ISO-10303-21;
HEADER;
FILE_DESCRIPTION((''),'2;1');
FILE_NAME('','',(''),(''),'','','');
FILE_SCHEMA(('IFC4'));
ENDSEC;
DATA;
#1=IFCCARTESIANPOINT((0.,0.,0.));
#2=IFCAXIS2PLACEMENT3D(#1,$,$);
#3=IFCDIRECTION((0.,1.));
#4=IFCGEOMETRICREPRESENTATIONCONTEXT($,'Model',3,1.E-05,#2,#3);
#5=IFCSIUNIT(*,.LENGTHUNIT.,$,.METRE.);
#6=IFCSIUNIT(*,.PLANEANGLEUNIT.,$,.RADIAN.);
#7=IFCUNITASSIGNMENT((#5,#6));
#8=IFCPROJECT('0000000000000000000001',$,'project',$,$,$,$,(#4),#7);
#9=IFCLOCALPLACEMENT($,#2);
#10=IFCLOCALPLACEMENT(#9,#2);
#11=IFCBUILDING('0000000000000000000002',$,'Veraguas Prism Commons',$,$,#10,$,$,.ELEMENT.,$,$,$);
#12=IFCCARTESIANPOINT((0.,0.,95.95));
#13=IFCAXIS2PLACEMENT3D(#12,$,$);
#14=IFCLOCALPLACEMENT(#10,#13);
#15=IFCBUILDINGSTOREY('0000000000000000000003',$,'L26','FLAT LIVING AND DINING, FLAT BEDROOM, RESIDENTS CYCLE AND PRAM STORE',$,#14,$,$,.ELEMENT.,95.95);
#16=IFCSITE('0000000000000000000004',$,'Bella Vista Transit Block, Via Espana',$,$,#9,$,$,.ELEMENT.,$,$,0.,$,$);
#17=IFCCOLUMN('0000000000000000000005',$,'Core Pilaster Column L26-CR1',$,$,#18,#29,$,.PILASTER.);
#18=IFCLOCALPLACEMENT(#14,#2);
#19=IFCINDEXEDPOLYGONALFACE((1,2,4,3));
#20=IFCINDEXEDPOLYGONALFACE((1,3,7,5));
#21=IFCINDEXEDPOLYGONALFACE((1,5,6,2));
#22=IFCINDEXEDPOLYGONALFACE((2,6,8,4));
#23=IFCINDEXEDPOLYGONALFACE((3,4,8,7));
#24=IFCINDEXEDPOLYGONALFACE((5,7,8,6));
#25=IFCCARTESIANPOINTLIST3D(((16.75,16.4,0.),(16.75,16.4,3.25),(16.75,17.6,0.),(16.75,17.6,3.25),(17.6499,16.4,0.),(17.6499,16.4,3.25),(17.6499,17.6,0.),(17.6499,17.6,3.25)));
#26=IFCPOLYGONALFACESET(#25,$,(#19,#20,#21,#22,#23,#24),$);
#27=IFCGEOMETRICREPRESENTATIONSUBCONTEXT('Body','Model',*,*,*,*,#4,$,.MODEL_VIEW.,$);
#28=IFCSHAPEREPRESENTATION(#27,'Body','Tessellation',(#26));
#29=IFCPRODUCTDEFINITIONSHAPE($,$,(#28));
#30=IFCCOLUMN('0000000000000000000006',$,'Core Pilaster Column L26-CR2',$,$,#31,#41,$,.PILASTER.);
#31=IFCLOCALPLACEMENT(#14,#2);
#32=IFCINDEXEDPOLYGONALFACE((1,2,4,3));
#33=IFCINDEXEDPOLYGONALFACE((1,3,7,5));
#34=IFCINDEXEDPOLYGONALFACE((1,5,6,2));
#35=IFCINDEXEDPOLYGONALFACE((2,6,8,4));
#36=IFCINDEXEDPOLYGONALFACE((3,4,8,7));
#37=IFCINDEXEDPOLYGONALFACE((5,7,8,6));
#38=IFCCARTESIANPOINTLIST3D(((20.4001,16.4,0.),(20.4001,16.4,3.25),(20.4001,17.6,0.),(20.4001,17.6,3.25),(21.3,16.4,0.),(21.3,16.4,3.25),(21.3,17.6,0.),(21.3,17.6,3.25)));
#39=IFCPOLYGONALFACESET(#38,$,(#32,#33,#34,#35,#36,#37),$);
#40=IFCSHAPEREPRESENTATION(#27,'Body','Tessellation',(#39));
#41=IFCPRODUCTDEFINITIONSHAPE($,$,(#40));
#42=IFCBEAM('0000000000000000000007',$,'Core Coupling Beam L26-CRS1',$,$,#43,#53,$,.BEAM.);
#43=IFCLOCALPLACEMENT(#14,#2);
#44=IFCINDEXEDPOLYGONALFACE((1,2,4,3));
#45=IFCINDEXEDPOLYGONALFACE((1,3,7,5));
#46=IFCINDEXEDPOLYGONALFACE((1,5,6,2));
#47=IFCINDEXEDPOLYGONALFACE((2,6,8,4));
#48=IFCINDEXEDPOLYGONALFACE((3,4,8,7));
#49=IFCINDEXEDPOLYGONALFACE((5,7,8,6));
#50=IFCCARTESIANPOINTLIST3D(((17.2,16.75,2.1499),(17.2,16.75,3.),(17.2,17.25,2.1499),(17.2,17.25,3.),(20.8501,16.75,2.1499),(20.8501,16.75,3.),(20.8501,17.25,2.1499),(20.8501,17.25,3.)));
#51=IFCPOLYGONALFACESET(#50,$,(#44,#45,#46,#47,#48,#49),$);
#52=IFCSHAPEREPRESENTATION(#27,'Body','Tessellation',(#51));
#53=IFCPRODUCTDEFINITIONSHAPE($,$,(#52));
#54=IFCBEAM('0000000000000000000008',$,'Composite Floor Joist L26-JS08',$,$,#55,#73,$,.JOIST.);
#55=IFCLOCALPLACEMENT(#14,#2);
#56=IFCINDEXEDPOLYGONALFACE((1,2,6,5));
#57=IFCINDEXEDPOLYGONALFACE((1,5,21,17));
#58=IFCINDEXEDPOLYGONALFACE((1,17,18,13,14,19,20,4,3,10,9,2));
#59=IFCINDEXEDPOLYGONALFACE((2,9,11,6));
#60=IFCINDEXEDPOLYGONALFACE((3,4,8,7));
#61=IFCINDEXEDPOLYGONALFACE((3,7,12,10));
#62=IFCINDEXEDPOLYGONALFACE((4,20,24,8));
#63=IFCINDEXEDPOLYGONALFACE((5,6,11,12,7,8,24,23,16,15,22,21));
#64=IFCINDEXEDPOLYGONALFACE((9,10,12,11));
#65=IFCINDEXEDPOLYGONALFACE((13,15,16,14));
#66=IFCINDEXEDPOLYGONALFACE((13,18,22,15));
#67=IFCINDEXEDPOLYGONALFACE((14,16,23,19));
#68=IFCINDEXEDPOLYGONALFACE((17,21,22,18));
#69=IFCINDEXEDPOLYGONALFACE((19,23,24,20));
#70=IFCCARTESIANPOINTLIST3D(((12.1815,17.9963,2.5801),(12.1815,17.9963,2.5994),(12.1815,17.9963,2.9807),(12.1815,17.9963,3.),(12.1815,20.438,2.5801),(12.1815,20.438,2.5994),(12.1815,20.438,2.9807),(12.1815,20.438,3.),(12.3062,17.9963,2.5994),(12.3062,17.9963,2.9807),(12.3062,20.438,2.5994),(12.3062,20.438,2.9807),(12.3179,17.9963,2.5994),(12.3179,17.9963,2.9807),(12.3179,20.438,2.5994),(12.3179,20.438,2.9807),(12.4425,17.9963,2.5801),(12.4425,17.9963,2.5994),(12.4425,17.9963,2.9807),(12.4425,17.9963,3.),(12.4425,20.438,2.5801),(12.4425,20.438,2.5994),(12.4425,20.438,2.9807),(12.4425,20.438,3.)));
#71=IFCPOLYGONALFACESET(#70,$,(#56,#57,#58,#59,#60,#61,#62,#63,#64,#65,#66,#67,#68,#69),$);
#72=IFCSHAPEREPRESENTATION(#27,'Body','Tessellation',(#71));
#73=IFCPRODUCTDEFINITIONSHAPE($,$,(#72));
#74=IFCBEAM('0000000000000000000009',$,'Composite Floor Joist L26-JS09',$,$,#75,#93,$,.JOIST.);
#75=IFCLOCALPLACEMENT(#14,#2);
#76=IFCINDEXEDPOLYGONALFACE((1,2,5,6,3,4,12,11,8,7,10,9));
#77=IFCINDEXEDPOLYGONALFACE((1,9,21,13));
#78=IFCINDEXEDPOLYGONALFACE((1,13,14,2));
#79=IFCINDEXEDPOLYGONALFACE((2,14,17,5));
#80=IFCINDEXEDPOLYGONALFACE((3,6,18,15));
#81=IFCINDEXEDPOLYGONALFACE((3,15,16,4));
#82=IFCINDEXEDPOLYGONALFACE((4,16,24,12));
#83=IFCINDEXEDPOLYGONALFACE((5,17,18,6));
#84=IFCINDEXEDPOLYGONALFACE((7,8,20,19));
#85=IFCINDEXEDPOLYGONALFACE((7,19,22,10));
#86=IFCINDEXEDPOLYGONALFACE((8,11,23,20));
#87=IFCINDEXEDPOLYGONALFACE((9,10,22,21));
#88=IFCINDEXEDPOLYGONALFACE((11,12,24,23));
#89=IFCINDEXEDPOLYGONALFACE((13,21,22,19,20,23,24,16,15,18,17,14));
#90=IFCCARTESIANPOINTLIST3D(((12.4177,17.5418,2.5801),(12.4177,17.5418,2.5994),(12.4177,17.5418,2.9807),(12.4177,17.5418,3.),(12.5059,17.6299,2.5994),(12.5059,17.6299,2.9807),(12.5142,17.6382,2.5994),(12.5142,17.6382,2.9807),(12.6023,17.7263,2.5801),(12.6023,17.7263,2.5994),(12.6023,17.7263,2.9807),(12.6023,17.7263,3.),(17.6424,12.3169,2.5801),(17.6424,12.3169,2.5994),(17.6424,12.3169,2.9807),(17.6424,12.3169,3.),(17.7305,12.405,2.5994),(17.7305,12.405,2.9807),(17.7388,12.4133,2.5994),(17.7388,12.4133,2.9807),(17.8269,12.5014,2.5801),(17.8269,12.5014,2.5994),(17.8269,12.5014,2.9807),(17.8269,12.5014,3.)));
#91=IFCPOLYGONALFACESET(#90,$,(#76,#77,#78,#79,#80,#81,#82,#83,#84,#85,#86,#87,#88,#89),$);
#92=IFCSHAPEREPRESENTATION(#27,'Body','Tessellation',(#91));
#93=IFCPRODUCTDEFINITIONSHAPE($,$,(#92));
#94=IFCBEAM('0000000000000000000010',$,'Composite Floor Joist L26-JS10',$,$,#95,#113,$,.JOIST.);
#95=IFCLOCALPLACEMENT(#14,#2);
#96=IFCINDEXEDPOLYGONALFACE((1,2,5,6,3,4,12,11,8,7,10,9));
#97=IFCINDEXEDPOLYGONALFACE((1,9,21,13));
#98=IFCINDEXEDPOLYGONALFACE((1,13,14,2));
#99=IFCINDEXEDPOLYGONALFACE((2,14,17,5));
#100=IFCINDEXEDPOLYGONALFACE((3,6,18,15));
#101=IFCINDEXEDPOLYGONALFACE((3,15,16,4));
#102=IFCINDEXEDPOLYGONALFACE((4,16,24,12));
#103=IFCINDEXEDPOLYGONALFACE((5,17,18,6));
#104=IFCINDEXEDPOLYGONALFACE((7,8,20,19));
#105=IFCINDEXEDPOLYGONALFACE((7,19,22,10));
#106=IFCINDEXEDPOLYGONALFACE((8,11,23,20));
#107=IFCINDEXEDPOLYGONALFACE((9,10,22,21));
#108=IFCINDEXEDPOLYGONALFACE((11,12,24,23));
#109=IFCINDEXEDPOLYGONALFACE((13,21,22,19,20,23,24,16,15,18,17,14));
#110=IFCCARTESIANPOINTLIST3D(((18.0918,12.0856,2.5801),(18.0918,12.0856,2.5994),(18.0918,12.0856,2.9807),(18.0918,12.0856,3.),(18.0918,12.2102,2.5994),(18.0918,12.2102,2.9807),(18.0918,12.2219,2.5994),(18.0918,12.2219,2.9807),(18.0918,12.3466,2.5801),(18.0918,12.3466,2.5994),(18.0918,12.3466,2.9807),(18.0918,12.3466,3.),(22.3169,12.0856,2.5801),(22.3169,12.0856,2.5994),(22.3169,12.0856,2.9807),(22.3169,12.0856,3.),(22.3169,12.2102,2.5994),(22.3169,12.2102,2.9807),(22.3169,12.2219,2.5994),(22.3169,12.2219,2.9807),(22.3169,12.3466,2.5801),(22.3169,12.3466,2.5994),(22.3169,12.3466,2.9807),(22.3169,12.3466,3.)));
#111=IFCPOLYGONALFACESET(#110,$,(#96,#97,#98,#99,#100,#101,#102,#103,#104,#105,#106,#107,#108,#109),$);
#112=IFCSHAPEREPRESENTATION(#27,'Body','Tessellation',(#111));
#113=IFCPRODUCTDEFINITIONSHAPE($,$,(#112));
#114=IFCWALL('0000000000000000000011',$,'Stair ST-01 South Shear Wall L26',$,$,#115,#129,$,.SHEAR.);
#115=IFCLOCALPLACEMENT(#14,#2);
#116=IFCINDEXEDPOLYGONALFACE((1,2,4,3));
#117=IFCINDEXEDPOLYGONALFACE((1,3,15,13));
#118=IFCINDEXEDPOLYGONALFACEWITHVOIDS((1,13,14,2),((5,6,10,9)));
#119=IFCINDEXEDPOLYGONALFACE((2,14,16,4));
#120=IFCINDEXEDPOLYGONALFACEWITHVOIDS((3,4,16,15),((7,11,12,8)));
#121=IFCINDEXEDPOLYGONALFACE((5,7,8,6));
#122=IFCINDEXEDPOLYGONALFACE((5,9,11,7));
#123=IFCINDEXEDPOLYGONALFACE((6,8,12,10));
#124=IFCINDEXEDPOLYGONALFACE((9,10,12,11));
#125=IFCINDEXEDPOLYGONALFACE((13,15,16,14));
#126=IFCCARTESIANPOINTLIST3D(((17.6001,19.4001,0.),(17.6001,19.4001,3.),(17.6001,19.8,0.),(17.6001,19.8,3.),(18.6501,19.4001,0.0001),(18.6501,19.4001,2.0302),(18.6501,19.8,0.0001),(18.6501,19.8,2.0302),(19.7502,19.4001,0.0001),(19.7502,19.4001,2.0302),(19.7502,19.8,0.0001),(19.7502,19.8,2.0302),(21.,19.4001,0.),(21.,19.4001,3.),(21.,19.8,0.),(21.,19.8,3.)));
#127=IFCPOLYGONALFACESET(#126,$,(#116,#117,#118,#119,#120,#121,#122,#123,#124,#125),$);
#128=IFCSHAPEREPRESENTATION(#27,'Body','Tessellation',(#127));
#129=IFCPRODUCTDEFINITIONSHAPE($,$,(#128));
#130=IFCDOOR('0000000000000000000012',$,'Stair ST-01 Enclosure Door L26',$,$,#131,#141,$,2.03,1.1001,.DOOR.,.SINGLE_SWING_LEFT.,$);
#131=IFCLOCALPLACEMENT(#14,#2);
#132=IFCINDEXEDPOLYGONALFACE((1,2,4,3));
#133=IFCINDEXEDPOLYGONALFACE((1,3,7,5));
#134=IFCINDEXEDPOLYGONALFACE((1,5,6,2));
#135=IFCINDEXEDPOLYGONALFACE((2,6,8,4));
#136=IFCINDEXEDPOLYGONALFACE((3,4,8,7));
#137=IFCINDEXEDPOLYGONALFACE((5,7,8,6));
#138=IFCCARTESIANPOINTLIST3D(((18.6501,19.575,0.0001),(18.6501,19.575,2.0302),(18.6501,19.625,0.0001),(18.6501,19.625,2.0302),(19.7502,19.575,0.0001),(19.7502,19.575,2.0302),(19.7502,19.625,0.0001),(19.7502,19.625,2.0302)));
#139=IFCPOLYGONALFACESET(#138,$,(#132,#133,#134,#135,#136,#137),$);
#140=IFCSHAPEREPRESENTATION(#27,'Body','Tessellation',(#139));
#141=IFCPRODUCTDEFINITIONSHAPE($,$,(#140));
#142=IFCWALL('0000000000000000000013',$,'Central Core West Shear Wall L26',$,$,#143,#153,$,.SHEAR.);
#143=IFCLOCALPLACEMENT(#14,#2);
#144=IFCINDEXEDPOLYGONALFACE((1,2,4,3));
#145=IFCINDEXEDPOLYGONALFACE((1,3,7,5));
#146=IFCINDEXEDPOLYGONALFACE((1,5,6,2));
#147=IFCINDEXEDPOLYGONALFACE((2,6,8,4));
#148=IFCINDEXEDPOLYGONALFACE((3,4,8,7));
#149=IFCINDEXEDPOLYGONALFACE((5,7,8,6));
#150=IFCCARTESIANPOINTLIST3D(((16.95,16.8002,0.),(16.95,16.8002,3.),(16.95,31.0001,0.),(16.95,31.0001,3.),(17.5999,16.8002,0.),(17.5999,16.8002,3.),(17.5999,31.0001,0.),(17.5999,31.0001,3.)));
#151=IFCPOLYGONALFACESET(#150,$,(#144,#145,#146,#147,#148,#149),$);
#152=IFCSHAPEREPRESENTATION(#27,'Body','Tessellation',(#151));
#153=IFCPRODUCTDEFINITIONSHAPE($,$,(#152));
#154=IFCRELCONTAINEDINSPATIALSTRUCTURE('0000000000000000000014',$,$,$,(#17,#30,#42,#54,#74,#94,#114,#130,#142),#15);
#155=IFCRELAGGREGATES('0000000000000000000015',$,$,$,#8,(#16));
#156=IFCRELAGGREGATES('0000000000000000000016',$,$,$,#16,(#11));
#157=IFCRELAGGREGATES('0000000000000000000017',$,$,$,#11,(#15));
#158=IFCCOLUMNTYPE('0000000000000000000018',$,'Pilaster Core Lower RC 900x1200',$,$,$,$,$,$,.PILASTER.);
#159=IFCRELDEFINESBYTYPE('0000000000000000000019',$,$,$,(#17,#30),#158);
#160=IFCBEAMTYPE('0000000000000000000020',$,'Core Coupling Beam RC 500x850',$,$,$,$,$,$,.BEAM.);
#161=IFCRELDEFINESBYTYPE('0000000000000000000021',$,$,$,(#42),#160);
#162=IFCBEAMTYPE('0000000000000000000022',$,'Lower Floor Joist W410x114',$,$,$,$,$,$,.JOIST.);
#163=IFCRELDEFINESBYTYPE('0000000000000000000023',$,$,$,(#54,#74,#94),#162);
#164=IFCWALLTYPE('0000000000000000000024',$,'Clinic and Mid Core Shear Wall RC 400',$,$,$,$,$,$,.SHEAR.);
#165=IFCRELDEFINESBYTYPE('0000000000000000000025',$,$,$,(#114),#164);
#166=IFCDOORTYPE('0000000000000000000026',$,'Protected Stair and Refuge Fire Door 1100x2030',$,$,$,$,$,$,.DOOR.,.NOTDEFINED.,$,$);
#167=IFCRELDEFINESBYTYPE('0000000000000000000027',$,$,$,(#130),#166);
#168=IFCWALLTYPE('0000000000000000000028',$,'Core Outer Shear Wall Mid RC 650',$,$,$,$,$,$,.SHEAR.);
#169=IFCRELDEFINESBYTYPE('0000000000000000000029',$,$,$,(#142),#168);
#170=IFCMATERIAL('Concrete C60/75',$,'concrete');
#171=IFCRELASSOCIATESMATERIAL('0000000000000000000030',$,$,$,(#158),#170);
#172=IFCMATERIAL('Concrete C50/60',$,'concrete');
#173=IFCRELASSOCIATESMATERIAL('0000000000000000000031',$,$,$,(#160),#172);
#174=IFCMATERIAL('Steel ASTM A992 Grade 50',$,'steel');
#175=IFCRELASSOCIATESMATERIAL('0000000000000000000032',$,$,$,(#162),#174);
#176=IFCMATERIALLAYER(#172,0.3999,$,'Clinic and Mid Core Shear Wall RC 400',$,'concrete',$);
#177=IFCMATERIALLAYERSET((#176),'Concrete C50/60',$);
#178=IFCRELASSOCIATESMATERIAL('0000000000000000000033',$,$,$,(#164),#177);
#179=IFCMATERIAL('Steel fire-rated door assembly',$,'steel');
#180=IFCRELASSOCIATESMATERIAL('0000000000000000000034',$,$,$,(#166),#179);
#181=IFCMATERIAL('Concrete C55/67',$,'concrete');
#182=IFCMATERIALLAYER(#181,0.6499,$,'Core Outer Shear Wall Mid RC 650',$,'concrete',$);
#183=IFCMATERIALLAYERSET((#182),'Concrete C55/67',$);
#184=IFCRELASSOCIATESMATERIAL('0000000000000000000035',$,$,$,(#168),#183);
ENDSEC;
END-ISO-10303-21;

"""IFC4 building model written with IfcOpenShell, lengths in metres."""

from ifc_helpers import new_model, si_unit, direction, frame, frame_2d, origin, origin_2d, place, context, subcontext, project, spatial, rectangle, i_section, extrude, source, transform, mapped, material, layer, layer_set, material_profile, profile_set, type_object, element, fill, save


model = new_model("IFC4")

# Units and contexts
model_context = context("Model", 3, precision=1e-05, world=origin(), true_north=direction((0.0, 1.0)))
body_context = subcontext(model_context, "Body", "Model", "MODEL_VIEW")
ifc_project = project(units=[si_unit("LENGTHUNIT", "METRE"), si_unit("PLANEANGLEUNIT", "RADIAN")], contexts=[model_context])

# Site, building, storey
site_placement = place(None, origin())
site = spatial("IfcSite", under=ifc_project, at=site_placement, Name="Bella Vista Transit Block, Via Espana", CompositionType="ELEMENT", RefElevation=0.0)
building_placement = place(site_placement, origin())
building = spatial("IfcBuilding", under=site, at=building_placement, Name="Veraguas Prism Commons", CompositionType="ELEMENT")
storey_placement = place(building_placement, frame((0.0, 0.0, 95.95)))
storey = spatial("IfcBuildingStorey", under=building, at=storey_placement, Name="L26", Description="FLAT LIVING AND DINING, FLAT BEDROOM, RESIDENTS CYCLE AND PRAM STORE", CompositionType="ELEMENT", Elevation=95.95)

# Columns
ifc_material_1 = material(Name="Concrete C60/75", Category="concrete")
ifc_material_profile_1 = material_profile(ifc_material_1, rectangle(XDim=0.8999, YDim=1.2, at=origin_2d()), Name="RC900X1200")
ifc_profile_set_1 = profile_set([ifc_material_profile_1], Name="Concrete C60/75")
column_type = type_object("IfcColumnType", Name="Pilaster Core Lower RC 900x1200", PredefinedType="PILASTER", material=ifc_profile_set_1)
for number, where, z_axis, x_axis, name in (
    (1, (17.2, 17.0, 0.0), (0.0, 0.0, 1.0), (1.0, 0.0, 0.0), "Core Pilaster Column L26-CR1"),
    (2, (20.8501, 17.0, 0.0), (0.0, 0.0, 1.0), (1.0, 0.0, 0.0), "Core Pilaster Column L26-CR2"),
):
    element("IfcColumn", number, at=place(storey_placement, frame(where, z_axis=z_axis, x_axis=x_axis)), inside=storey, type_object=column_type, Name=name, PredefinedType="PILASTER", context=body_context, shape_type="SweptSolid", body=[
        extrude(rectangle(XDim=0.8999, YDim=1.2, at=origin_2d()), origin(), (0.0, 0.0, 1.0), 3.25),
    ])

# Beams
ifc_material_2 = material(Name="Concrete C50/60", Category="concrete")
ifc_material_profile_2 = material_profile(ifc_material_2, rectangle(XDim=0.5, YDim=0.8501, at=origin_2d()), Name="RC500X850")
ifc_profile_set_2 = profile_set([ifc_material_profile_2], Name="Concrete C50/60")
beam_type_1 = type_object("IfcBeamType", Name="Core Coupling Beam RC 500x850", PredefinedType="BEAM", material=ifc_profile_set_2)
beam_1_placement = place(storey_placement, frame((17.2, 17.0, 2.575), z_axis=(1.0, 0.0, 0.0), x_axis=(0.0, 1.0, 0.0)))
element("IfcBeam", 3, at=beam_1_placement, inside=storey, type_object=beam_type_1, Name="Core Coupling Beam L26-CRS1", PredefinedType="BEAM", context=body_context, shape_type="SweptSolid", body=[
    extrude(rectangle(XDim=0.5, YDim=0.8501, at=origin_2d()), origin(), (0.0, 0.0, 1.0), 3.6501),
])
ifc_material_3 = material(Name="Steel ASTM A992 Grade 50", Category="steel")
ifc_material_profile_3 = material_profile(ifc_material_3, i_section(OverallWidth=0.261, OverallDepth=0.4199, WebThickness=0.0117, FlangeThickness=0.0193, at=origin_2d()), Name="W410X114")
ifc_profile_set_3 = profile_set([ifc_material_profile_3], Name="Steel ASTM A992 Grade 50")
beam_type_2 = type_object("IfcBeamType", Name="Lower Floor Joist W410x114", PredefinedType="JOIST", material=ifc_profile_set_3)
beam_2_placement = place(storey_placement, frame((12.312, 20.438, 2.79), z_axis=(0.0, -1.0, 0.0), x_axis=(1.0, 0.0, 0.0)))
element("IfcBeam", 4, at=beam_2_placement, inside=storey, type_object=beam_type_2, Name="Composite Floor Joist L26-JS08", PredefinedType="JOIST", context=body_context, shape_type="SweptSolid", body=[
    extrude(i_section(OverallWidth=0.261, OverallDepth=0.4199, WebThickness=0.0117, FlangeThickness=0.0193, at=origin_2d()), origin(), (0.0, 0.0, 1.0), 2.4417),
])
beam_3_placement = place(storey_placement, frame((12.51, 17.634, 2.79), z_axis=(0.70709, -0.707123, 0.0), x_axis=(0.707123, 0.70709, 0.0)))
element("IfcBeam", 5, at=beam_3_placement, inside=storey, type_object=beam_type_2, Name="Composite Floor Joist L26-JS09", PredefinedType="JOIST", context=body_context, shape_type="SweptSolid", body=[
    extrude(i_section(OverallWidth=0.261, OverallDepth=0.4199, WebThickness=0.0117, FlangeThickness=0.0193, at=origin_2d()), origin(), (0.0, 0.0, 1.0), 7.3889),
])
beam_4_placement = place(storey_placement, frame((18.0918, 12.2161, 2.79), z_axis=(1.0, 0.0, 0.0), x_axis=(0.0, 1.0, 0.0)))
element("IfcBeam", 6, at=beam_4_placement, inside=storey, type_object=beam_type_2, Name="Composite Floor Joist L26-JS10", PredefinedType="JOIST", context=body_context, shape_type="SweptSolid", body=[
    extrude(i_section(OverallWidth=0.261, OverallDepth=0.4199, WebThickness=0.0117, FlangeThickness=0.0193, at=origin_2d()), origin(), (0.0, 0.0, 1.0), 4.2251),
])

# Wall, opening, door
ifc_layer_1 = layer(ifc_material_2, 0.3999, Name="Clinic and Mid Core Shear Wall RC 400", Category="concrete")
ifc_layer_set_1 = layer_set([ifc_layer_1], Name="Concrete C50/60")
wall_type_1 = type_object("IfcWallType", Name="Clinic and Mid Core Shear Wall RC 400", PredefinedType="SHEAR", material=ifc_layer_set_1)
wall_1_placement = place(storey_placement, frame((17.6001, 19.6001, 0.0), z_axis=(0.0, 0.0, 1.0), x_axis=(1.0, 0.0, 0.0)))
wall_1 = element("IfcWall", 7, at=wall_1_placement, inside=storey, type_object=wall_type_1, Name="Stair ST-01 South Shear Wall L26", PredefinedType="SHEAR", context=body_context, shape_type="SweptSolid", body=[
    extrude(rectangle(XDim=3.3999, YDim=0.3999, at=frame_2d((1.7, 0.0))), origin(), (0.0, 0.0, 1.0), 3.0),
])
opening_1_placement = place(wall_1_placement, frame((1.05, 0.0, 0.0)))
opening_1 = element("IfcOpeningElement", 8, at=opening_1_placement, cuts=wall_1, PredefinedType="OPENING", context=body_context, shape_type="SweptSolid", body=[
    extrude(rectangle(XDim=1.1001, YDim=2.03, at=frame_2d((0.55, 1.0151))), frame((0.0, 0.21, 0.0), z_axis=(0.0, -1.0, 0.0), x_axis=(1.0, 0.0, 0.0)), (0.0, 0.0, 1.0), 0.4199),
])
ifc_material_4 = material(Name="Steel fire-rated door assembly", Category="steel")
door_type_1 = type_object("IfcDoorType", Name="Protected Stair and Refuge Fire Door 1100x2030", OperationType="NOTDEFINED", PredefinedType="DOOR", material=ifc_material_4)
shared_shape_1 = source(origin(), body_context, "Body", "SweptSolid", [
    extrude(rectangle(XDim=1.1001, YDim=2.03, at=frame_2d((0.55, 1.0151))), frame((0.0, 0.0249, 0.0), z_axis=(0.0, -1.0, 0.0), x_axis=(1.0, 0.0, 0.0)), (0.0, 0.0, 1.0), 0.05),
])
door_1_placement = place(opening_1_placement, origin())
door_1 = element("IfcDoor", 9, at=door_1_placement, inside=storey, type_object=door_type_1, Name="Stair ST-01 Enclosure Door L26", OperationType="SINGLE_SWING_LEFT", OverallHeight=2.03, OverallWidth=1.1001, PredefinedType="DOOR", context=body_context, shape_type="MappedRepresentation", body=[
    mapped(shared_shape_1, transform((0.0, 0.0, 0.0), scale=1.0)),
])
fill(opening_1, door_1)

# Wall
ifc_material_5 = material(Name="Concrete C55/67", Category="concrete")
ifc_layer_2 = layer(ifc_material_5, 0.6499, Name="Core Outer Shear Wall Mid RC 650", Category="concrete")
ifc_layer_set_2 = layer_set([ifc_layer_2], Name="Concrete C55/67")
wall_type_2 = type_object("IfcWallType", Name="Core Outer Shear Wall Mid RC 650", PredefinedType="SHEAR", material=ifc_layer_set_2)
wall_2_placement = place(storey_placement, frame((17.2749, 16.8, 0.0), z_axis=(0.0, 0.0, 1.0), x_axis=(0.0, 1.0, 0.0)))
element("IfcWall", 10, at=wall_2_placement, inside=storey, type_object=wall_type_2, Name="Central Core West Shear Wall L26", PredefinedType="SHEAR", context=body_context, shape_type="SweptSolid", body=[
    extrude(rectangle(XDim=14.2, YDim=0.6499, at=frame_2d((7.1001, 0.0))), origin(), (0.0, 0.0, 1.0), 3.0),
])

save(model, "model.ifc")
